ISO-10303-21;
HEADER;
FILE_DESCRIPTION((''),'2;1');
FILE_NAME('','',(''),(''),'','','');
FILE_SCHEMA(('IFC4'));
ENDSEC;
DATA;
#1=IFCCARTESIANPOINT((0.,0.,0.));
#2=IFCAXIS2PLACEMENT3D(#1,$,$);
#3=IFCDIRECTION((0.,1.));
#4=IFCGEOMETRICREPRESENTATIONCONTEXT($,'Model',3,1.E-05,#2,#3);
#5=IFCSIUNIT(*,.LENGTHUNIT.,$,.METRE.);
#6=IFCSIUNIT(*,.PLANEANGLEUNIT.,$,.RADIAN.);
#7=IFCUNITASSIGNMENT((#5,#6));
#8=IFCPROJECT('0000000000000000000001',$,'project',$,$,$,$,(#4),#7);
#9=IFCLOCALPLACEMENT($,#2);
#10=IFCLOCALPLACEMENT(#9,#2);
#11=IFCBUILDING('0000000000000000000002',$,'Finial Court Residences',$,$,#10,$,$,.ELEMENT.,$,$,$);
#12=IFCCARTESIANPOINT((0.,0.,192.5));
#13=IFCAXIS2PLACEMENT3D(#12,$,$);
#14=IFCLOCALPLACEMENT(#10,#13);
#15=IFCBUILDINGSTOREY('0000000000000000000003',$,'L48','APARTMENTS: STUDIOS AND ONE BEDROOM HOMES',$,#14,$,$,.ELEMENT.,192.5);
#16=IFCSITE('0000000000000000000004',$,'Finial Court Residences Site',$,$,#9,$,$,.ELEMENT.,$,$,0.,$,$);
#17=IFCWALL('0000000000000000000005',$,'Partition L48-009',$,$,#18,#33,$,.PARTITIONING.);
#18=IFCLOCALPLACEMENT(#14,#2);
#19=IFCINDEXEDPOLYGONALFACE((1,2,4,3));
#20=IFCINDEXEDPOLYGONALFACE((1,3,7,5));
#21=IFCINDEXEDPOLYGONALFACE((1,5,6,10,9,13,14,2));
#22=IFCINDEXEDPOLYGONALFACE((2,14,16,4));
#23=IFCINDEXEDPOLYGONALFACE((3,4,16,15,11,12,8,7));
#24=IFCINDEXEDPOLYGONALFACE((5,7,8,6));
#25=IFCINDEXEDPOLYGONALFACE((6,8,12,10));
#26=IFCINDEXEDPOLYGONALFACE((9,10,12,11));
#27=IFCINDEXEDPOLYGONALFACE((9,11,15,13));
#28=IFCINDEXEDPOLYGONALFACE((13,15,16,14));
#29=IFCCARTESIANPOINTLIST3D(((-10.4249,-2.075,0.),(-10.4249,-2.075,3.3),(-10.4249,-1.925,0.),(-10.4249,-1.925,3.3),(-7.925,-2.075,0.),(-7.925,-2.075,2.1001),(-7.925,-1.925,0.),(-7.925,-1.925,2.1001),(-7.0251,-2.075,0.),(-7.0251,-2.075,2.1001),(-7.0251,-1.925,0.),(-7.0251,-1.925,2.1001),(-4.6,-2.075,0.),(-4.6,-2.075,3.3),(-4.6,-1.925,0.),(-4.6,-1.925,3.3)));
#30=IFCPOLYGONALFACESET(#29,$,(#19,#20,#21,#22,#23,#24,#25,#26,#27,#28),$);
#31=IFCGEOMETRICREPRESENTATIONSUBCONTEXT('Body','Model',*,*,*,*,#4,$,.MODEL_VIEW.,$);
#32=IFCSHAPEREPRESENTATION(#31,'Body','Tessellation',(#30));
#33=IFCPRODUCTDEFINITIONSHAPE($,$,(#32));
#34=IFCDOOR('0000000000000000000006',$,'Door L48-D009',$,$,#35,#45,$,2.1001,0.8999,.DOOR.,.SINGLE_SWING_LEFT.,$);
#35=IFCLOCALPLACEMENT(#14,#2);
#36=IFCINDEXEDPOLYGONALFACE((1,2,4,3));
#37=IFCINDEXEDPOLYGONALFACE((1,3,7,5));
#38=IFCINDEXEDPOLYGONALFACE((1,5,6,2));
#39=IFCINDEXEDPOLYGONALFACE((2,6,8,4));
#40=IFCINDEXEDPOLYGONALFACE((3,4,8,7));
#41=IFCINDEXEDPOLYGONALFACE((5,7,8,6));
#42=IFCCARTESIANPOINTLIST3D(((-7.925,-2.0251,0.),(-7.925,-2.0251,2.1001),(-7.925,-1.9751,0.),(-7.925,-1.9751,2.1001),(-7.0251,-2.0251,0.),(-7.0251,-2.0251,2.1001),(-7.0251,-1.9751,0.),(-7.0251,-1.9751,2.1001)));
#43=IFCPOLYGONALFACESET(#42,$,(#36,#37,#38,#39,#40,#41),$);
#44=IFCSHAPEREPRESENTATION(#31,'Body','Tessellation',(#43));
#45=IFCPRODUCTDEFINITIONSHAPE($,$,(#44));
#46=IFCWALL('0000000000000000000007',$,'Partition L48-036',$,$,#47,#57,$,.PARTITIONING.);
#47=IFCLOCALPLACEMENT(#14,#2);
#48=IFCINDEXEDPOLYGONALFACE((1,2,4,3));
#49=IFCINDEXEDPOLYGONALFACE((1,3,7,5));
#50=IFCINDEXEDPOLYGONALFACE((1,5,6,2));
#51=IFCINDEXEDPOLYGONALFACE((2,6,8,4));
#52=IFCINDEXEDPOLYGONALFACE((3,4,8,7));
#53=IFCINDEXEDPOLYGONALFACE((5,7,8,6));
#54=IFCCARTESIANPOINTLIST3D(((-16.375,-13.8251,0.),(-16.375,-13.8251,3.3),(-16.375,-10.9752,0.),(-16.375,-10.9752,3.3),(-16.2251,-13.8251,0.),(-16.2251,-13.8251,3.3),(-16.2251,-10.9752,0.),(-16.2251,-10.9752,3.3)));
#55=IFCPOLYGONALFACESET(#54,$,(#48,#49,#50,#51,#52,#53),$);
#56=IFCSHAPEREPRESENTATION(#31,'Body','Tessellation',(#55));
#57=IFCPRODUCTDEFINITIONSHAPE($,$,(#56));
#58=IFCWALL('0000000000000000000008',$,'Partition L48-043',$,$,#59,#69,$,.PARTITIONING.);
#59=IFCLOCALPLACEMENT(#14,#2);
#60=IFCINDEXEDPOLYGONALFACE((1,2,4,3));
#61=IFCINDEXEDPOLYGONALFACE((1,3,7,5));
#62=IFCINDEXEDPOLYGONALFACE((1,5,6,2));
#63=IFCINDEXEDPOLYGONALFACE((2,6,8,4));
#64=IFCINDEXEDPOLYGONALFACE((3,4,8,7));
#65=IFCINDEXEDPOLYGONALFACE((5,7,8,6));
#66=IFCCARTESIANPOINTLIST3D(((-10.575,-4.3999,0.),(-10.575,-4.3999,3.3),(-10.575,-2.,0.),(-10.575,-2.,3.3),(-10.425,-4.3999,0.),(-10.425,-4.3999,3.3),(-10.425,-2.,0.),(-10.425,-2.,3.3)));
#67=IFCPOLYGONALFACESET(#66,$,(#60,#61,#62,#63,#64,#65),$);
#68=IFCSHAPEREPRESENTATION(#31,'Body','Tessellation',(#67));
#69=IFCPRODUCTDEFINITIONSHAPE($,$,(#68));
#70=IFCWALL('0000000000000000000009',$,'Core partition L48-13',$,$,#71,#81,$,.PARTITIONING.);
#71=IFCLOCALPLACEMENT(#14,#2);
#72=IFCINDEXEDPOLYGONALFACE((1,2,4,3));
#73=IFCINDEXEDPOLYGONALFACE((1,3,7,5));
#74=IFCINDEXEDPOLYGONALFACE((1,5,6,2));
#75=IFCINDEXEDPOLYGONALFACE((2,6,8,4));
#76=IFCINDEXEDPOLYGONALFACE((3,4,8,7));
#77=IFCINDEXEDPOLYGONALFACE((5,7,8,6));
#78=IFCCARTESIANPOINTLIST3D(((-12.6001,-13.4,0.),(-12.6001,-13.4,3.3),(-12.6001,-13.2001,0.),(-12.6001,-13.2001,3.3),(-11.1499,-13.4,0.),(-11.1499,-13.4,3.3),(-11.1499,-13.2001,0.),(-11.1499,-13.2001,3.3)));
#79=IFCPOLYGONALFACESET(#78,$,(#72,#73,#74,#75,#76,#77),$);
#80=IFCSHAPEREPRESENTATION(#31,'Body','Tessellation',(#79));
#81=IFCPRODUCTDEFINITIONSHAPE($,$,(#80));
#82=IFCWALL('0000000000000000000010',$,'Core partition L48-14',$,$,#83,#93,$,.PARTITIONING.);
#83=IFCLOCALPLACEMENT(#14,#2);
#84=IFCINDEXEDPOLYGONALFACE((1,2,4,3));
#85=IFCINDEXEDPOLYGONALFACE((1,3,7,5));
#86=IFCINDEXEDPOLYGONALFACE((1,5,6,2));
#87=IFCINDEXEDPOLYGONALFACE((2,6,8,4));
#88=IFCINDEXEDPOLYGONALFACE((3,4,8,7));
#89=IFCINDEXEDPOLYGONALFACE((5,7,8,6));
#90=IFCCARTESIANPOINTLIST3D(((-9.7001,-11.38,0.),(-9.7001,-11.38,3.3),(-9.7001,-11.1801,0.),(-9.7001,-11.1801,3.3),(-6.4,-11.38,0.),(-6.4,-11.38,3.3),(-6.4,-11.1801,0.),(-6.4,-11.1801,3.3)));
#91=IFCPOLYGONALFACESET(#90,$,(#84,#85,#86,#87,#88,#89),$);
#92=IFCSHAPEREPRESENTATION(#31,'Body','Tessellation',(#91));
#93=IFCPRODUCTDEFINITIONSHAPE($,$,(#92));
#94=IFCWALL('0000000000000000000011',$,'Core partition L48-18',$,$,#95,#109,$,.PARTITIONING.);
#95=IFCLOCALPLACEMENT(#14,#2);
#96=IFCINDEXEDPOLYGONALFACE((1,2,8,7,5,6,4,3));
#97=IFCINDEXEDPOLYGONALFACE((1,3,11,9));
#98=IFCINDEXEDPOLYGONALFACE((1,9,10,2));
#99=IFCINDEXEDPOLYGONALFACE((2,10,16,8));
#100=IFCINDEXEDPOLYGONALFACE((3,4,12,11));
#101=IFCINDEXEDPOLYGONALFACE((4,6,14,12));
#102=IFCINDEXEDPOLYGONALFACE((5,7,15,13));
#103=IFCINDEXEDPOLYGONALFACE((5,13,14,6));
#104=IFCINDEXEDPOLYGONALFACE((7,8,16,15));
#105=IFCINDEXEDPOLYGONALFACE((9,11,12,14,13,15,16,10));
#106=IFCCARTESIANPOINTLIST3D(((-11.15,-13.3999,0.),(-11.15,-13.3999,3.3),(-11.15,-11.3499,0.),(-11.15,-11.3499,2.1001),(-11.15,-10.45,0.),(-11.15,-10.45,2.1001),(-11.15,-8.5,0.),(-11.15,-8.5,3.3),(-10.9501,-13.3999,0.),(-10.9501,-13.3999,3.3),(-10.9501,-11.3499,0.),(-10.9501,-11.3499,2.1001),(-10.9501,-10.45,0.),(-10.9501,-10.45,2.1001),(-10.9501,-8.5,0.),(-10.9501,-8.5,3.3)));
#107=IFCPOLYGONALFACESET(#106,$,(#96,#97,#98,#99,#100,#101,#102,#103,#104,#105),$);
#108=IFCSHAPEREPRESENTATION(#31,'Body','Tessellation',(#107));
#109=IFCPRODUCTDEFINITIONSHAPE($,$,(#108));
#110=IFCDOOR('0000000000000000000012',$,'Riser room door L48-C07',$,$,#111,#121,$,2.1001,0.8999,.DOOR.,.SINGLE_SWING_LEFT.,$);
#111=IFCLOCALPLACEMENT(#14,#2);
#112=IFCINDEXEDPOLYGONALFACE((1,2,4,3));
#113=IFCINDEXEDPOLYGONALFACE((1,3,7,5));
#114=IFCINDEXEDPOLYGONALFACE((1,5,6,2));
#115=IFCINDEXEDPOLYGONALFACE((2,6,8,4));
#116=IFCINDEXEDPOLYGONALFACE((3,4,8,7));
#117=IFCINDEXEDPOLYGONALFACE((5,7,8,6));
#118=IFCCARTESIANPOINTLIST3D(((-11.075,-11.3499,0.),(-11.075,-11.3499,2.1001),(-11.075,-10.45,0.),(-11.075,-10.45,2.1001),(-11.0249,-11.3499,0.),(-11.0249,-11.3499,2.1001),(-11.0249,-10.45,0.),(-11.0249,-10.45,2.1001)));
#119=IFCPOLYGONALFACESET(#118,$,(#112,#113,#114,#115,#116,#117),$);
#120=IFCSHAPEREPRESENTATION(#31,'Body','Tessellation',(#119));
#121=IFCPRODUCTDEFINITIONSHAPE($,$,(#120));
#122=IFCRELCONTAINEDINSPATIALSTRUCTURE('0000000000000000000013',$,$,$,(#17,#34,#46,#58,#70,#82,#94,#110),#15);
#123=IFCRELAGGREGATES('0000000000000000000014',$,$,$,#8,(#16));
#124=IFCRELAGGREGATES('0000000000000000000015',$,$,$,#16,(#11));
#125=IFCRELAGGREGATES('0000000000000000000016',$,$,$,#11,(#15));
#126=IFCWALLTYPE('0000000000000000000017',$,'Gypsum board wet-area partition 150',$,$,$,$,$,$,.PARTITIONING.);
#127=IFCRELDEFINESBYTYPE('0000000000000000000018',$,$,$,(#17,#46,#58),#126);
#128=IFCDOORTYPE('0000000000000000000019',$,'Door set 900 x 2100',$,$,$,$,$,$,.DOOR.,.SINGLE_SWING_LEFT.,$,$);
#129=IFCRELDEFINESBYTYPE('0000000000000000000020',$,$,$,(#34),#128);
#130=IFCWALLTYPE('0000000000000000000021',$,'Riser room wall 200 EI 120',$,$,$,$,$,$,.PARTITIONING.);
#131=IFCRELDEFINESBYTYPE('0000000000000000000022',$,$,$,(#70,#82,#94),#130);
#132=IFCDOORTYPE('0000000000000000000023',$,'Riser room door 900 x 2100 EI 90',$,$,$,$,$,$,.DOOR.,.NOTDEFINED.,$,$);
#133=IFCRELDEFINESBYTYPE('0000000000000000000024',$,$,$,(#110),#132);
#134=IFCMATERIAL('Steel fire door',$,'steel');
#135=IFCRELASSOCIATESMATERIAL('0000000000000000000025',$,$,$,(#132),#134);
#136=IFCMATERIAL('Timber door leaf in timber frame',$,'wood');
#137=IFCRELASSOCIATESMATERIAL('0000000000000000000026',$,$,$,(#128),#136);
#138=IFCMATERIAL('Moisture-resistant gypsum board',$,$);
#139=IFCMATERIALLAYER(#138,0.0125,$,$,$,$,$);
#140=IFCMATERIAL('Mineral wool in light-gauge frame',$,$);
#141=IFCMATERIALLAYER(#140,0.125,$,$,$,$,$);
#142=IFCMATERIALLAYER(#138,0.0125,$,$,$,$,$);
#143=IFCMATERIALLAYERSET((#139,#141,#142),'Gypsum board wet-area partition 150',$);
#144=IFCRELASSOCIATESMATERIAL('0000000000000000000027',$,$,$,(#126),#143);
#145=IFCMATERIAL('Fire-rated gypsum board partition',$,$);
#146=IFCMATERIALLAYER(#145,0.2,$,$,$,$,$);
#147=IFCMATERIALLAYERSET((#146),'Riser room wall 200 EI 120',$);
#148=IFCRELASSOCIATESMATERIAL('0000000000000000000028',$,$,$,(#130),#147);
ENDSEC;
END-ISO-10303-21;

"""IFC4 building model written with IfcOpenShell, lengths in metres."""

from ifc_helpers import new_model, si_unit, direction, frame, frame_2d, origin, place, context, subcontext, project, spatial, rectangle, extrude, material, layer, layer_set, type_object, element, fill, save


model = new_model("IFC4")

# Units and contexts
model_context = context("Model", 3, precision=1e-05, world=origin(), true_north=direction((0.0, 1.0)))
body_context = subcontext(model_context, "Body", "Model", "MODEL_VIEW")
ifc_project = project(units=[si_unit("LENGTHUNIT", "METRE"), si_unit("PLANEANGLEUNIT", "RADIAN")], contexts=[model_context])

# Site, building, storey
site_placement = place(None, origin())
site = spatial("IfcSite", under=ifc_project, at=site_placement, Name="Finial Court Residences Site", CompositionType="ELEMENT", RefElevation=0.0)
building_placement = place(site_placement, origin())
building = spatial("IfcBuilding", under=site, at=building_placement, Name="Finial Court Residences", CompositionType="ELEMENT")
storey_placement = place(building_placement, frame((0.0, 0.0, 192.5)))
storey = spatial("IfcBuildingStorey", under=building, at=storey_placement, Name="L48", Description="APARTMENTS: STUDIOS AND ONE BEDROOM HOMES", CompositionType="ELEMENT", Elevation=192.5)

# Shared definitions
ifc_material_1 = material(Name="Steel fire door", Category="steel")
door_type_1 = type_object("IfcDoorType", Name="Riser room door 900 x 2100 EI 90", OperationType="NOTDEFINED", PredefinedType="DOOR", material=ifc_material_1)

# Wall, opening, door
ifc_material_2 = material(Name="Mineral wool in light-gauge frame")
ifc_material_3 = material(Name="Timber door leaf in timber frame", Category="wood")
door_type_2 = type_object("IfcDoorType", Name="Door set 900 x 2100", OperationType="SINGLE_SWING_LEFT", PredefinedType="DOOR", material=ifc_material_3)
ifc_material_4 = material(Name="Moisture-resistant gypsum board")
ifc_layer_1 = layer(ifc_material_4, 0.0125)
ifc_layer_2 = layer(ifc_material_2, 0.125)
ifc_layer_3 = layer(ifc_material_4, 0.0125)
ifc_layer_set_1 = layer_set([ifc_layer_1, ifc_layer_2, ifc_layer_3], Name="Gypsum board wet-area partition 150")
wall_type_1 = type_object("IfcWallType", Name="Gypsum board wet-area partition 150", PredefinedType="PARTITIONING", material=ifc_layer_set_1)
wall_1_placement = place(storey_placement, frame((-10.425, -2.0, 0.0), z_axis=(0.0, 0.0, 1.0), x_axis=(1.0, 0.0, 0.0)))
wall_1 = element("IfcWall", 1, at=wall_1_placement, inside=storey, type_object=wall_type_1, Name="Partition L48-009", PredefinedType="PARTITIONING", context=body_context, shape_type="SweptSolid", body=[
    extrude(rectangle(XDim=5.825, YDim=0.1499, at=frame_2d((2.9126, 0.0))), origin(), (0.0, 0.0, 1.0), 3.3),
])
opening_1_placement = place(wall_1_placement, frame((2.5, 0.0, 0.0)))
opening_1 = element("IfcOpeningElement", 2, at=opening_1_placement, cuts=wall_1, PredefinedType="OPENING", context=body_context, shape_type="SweptSolid", body=[
    extrude(rectangle(XDim=0.8999, YDim=2.1001, at=frame_2d((0.45, 1.05))), frame((0.0, 0.085, 0.0), z_axis=(0.0, -1.0, 0.0), x_axis=(1.0, 0.0, 0.0)), (0.0, 0.0, 1.0), 0.1699),
])
door_1_placement = place(opening_1_placement, origin())
door_1 = element("IfcDoor", 3, at=door_1_placement, inside=storey, type_object=door_type_2, Name="Door L48-D009", OperationType="SINGLE_SWING_LEFT", OverallHeight=2.1001, OverallWidth=0.8999, PredefinedType="DOOR", context=body_context, shape_type="SweptSolid", body=[
    extrude(rectangle(XDim=0.8999, YDim=2.1001, at=frame_2d((0.45, 1.05))), frame((0.0, 0.0249, 0.0), z_axis=(0.0, -1.0, 0.0), x_axis=(1.0, 0.0, 0.0)), (0.0, 0.0, 1.0), 0.05),
])
fill(opening_1, door_1)

# Walls
wall_2_placement = place(storey_placement, frame((-16.3, -13.825, 0.0), z_axis=(0.0, 0.0, 1.0), x_axis=(0.0, 1.0, 0.0)))
element("IfcWall", 4, at=wall_2_placement, inside=storey, type_object=wall_type_1, Name="Partition L48-036", PredefinedType="PARTITIONING", context=body_context, shape_type="SweptSolid", body=[
    extrude(rectangle(XDim=2.8499, YDim=0.1499, at=frame_2d((1.4248, 0.0))), origin(), (0.0, 0.0, 1.0), 3.3),
])
wall_3_placement = place(storey_placement, frame((-10.5, -4.3999, 0.0), z_axis=(0.0, 0.0, 1.0), x_axis=(0.0, 1.0, 0.0)))
element("IfcWall", 5, at=wall_3_placement, inside=storey, type_object=wall_type_1, Name="Partition L48-043", PredefinedType="PARTITIONING", context=body_context, shape_type="SweptSolid", body=[
    extrude(rectangle(XDim=2.3999, YDim=0.1499, at=frame_2d((1.2, 0.0))), origin(), (0.0, 0.0, 1.0), 3.3),
])
ifc_material_5 = material(Name="Fire-rated gypsum board partition")
ifc_layer_4 = layer(ifc_material_5, 0.2)
ifc_layer_set_2 = layer_set([ifc_layer_4], Name="Riser room wall 200 EI 120")
wall_type_2 = type_object("IfcWallType", Name="Riser room wall 200 EI 120", PredefinedType="PARTITIONING", material=ifc_layer_set_2)
wall_4_placement = place(storey_placement, frame((-12.6001, -13.3, 0.0), z_axis=(0.0, 0.0, 1.0), x_axis=(1.0, 0.0, 0.0)))
element("IfcWall", 6, at=wall_4_placement, inside=storey, type_object=wall_type_2, Name="Core partition L48-13", PredefinedType="PARTITIONING", context=body_context, shape_type="SweptSolid", body=[
    extrude(rectangle(XDim=1.4502, YDim=0.2, at=frame_2d((0.7251, 0.0))), origin(), (0.0, 0.0, 1.0), 3.3),
])
wall_5_placement = place(storey_placement, frame((-9.7, -11.28, 0.0), z_axis=(0.0, 0.0, 1.0), x_axis=(1.0, 0.0, 0.0)))
element("IfcWall", 7, at=wall_5_placement, inside=storey, type_object=wall_type_2, Name="Core partition L48-14", PredefinedType="PARTITIONING", context=body_context, shape_type="SweptSolid", body=[
    extrude(rectangle(XDim=3.3, YDim=0.2, at=frame_2d((1.6499, 0.0))), origin(), (0.0, 0.0, 1.0), 3.3),
])

# Wall, opening, door
wall_6_placement = place(storey_placement, frame((-11.05, -13.3999, 0.0), z_axis=(0.0, 0.0, 1.0), x_axis=(0.0, 1.0, 0.0)))
wall_6 = element("IfcWall", 8, at=wall_6_placement, inside=storey, type_object=wall_type_2, Name="Core partition L48-18", PredefinedType="PARTITIONING", context=body_context, shape_type="SweptSolid", body=[
    extrude(rectangle(XDim=4.8999, YDim=0.2, at=frame_2d((2.45, 0.0))), origin(), (0.0, 0.0, 1.0), 3.3),
])
opening_2_placement = place(wall_6_placement, frame((2.05, 0.0, 0.0)))
opening_2 = element("IfcOpeningElement", 9, at=opening_2_placement, cuts=wall_6, PredefinedType="OPENING", context=body_context, shape_type="SweptSolid", body=[
    extrude(rectangle(XDim=0.8999, YDim=2.1001, at=frame_2d((0.45, 1.05))), frame((0.0, 0.1099, 0.0), z_axis=(0.0, -1.0, 0.0), x_axis=(1.0, 0.0, 0.0)), (0.0, 0.0, 1.0), 0.22),
])
door_2_placement = place(opening_2_placement, origin())
door_2 = element("IfcDoor", 10, at=door_2_placement, inside=storey, type_object=door_type_1, Name="Riser room door L48-C07", OperationType="SINGLE_SWING_LEFT", OverallHeight=2.1001, OverallWidth=0.8999, PredefinedType="DOOR", context=body_context, shape_type="SweptSolid", body=[
    extrude(rectangle(XDim=0.8999, YDim=2.1001, at=frame_2d((0.45, 1.05))), frame((0.0, 0.0249, 0.0), z_axis=(0.0, -1.0, 0.0), x_axis=(1.0, 0.0, 0.0)), (0.0, 0.0, 1.0), 0.05),
])
fill(opening_2, door_2)

save(model, "model.ifc")
